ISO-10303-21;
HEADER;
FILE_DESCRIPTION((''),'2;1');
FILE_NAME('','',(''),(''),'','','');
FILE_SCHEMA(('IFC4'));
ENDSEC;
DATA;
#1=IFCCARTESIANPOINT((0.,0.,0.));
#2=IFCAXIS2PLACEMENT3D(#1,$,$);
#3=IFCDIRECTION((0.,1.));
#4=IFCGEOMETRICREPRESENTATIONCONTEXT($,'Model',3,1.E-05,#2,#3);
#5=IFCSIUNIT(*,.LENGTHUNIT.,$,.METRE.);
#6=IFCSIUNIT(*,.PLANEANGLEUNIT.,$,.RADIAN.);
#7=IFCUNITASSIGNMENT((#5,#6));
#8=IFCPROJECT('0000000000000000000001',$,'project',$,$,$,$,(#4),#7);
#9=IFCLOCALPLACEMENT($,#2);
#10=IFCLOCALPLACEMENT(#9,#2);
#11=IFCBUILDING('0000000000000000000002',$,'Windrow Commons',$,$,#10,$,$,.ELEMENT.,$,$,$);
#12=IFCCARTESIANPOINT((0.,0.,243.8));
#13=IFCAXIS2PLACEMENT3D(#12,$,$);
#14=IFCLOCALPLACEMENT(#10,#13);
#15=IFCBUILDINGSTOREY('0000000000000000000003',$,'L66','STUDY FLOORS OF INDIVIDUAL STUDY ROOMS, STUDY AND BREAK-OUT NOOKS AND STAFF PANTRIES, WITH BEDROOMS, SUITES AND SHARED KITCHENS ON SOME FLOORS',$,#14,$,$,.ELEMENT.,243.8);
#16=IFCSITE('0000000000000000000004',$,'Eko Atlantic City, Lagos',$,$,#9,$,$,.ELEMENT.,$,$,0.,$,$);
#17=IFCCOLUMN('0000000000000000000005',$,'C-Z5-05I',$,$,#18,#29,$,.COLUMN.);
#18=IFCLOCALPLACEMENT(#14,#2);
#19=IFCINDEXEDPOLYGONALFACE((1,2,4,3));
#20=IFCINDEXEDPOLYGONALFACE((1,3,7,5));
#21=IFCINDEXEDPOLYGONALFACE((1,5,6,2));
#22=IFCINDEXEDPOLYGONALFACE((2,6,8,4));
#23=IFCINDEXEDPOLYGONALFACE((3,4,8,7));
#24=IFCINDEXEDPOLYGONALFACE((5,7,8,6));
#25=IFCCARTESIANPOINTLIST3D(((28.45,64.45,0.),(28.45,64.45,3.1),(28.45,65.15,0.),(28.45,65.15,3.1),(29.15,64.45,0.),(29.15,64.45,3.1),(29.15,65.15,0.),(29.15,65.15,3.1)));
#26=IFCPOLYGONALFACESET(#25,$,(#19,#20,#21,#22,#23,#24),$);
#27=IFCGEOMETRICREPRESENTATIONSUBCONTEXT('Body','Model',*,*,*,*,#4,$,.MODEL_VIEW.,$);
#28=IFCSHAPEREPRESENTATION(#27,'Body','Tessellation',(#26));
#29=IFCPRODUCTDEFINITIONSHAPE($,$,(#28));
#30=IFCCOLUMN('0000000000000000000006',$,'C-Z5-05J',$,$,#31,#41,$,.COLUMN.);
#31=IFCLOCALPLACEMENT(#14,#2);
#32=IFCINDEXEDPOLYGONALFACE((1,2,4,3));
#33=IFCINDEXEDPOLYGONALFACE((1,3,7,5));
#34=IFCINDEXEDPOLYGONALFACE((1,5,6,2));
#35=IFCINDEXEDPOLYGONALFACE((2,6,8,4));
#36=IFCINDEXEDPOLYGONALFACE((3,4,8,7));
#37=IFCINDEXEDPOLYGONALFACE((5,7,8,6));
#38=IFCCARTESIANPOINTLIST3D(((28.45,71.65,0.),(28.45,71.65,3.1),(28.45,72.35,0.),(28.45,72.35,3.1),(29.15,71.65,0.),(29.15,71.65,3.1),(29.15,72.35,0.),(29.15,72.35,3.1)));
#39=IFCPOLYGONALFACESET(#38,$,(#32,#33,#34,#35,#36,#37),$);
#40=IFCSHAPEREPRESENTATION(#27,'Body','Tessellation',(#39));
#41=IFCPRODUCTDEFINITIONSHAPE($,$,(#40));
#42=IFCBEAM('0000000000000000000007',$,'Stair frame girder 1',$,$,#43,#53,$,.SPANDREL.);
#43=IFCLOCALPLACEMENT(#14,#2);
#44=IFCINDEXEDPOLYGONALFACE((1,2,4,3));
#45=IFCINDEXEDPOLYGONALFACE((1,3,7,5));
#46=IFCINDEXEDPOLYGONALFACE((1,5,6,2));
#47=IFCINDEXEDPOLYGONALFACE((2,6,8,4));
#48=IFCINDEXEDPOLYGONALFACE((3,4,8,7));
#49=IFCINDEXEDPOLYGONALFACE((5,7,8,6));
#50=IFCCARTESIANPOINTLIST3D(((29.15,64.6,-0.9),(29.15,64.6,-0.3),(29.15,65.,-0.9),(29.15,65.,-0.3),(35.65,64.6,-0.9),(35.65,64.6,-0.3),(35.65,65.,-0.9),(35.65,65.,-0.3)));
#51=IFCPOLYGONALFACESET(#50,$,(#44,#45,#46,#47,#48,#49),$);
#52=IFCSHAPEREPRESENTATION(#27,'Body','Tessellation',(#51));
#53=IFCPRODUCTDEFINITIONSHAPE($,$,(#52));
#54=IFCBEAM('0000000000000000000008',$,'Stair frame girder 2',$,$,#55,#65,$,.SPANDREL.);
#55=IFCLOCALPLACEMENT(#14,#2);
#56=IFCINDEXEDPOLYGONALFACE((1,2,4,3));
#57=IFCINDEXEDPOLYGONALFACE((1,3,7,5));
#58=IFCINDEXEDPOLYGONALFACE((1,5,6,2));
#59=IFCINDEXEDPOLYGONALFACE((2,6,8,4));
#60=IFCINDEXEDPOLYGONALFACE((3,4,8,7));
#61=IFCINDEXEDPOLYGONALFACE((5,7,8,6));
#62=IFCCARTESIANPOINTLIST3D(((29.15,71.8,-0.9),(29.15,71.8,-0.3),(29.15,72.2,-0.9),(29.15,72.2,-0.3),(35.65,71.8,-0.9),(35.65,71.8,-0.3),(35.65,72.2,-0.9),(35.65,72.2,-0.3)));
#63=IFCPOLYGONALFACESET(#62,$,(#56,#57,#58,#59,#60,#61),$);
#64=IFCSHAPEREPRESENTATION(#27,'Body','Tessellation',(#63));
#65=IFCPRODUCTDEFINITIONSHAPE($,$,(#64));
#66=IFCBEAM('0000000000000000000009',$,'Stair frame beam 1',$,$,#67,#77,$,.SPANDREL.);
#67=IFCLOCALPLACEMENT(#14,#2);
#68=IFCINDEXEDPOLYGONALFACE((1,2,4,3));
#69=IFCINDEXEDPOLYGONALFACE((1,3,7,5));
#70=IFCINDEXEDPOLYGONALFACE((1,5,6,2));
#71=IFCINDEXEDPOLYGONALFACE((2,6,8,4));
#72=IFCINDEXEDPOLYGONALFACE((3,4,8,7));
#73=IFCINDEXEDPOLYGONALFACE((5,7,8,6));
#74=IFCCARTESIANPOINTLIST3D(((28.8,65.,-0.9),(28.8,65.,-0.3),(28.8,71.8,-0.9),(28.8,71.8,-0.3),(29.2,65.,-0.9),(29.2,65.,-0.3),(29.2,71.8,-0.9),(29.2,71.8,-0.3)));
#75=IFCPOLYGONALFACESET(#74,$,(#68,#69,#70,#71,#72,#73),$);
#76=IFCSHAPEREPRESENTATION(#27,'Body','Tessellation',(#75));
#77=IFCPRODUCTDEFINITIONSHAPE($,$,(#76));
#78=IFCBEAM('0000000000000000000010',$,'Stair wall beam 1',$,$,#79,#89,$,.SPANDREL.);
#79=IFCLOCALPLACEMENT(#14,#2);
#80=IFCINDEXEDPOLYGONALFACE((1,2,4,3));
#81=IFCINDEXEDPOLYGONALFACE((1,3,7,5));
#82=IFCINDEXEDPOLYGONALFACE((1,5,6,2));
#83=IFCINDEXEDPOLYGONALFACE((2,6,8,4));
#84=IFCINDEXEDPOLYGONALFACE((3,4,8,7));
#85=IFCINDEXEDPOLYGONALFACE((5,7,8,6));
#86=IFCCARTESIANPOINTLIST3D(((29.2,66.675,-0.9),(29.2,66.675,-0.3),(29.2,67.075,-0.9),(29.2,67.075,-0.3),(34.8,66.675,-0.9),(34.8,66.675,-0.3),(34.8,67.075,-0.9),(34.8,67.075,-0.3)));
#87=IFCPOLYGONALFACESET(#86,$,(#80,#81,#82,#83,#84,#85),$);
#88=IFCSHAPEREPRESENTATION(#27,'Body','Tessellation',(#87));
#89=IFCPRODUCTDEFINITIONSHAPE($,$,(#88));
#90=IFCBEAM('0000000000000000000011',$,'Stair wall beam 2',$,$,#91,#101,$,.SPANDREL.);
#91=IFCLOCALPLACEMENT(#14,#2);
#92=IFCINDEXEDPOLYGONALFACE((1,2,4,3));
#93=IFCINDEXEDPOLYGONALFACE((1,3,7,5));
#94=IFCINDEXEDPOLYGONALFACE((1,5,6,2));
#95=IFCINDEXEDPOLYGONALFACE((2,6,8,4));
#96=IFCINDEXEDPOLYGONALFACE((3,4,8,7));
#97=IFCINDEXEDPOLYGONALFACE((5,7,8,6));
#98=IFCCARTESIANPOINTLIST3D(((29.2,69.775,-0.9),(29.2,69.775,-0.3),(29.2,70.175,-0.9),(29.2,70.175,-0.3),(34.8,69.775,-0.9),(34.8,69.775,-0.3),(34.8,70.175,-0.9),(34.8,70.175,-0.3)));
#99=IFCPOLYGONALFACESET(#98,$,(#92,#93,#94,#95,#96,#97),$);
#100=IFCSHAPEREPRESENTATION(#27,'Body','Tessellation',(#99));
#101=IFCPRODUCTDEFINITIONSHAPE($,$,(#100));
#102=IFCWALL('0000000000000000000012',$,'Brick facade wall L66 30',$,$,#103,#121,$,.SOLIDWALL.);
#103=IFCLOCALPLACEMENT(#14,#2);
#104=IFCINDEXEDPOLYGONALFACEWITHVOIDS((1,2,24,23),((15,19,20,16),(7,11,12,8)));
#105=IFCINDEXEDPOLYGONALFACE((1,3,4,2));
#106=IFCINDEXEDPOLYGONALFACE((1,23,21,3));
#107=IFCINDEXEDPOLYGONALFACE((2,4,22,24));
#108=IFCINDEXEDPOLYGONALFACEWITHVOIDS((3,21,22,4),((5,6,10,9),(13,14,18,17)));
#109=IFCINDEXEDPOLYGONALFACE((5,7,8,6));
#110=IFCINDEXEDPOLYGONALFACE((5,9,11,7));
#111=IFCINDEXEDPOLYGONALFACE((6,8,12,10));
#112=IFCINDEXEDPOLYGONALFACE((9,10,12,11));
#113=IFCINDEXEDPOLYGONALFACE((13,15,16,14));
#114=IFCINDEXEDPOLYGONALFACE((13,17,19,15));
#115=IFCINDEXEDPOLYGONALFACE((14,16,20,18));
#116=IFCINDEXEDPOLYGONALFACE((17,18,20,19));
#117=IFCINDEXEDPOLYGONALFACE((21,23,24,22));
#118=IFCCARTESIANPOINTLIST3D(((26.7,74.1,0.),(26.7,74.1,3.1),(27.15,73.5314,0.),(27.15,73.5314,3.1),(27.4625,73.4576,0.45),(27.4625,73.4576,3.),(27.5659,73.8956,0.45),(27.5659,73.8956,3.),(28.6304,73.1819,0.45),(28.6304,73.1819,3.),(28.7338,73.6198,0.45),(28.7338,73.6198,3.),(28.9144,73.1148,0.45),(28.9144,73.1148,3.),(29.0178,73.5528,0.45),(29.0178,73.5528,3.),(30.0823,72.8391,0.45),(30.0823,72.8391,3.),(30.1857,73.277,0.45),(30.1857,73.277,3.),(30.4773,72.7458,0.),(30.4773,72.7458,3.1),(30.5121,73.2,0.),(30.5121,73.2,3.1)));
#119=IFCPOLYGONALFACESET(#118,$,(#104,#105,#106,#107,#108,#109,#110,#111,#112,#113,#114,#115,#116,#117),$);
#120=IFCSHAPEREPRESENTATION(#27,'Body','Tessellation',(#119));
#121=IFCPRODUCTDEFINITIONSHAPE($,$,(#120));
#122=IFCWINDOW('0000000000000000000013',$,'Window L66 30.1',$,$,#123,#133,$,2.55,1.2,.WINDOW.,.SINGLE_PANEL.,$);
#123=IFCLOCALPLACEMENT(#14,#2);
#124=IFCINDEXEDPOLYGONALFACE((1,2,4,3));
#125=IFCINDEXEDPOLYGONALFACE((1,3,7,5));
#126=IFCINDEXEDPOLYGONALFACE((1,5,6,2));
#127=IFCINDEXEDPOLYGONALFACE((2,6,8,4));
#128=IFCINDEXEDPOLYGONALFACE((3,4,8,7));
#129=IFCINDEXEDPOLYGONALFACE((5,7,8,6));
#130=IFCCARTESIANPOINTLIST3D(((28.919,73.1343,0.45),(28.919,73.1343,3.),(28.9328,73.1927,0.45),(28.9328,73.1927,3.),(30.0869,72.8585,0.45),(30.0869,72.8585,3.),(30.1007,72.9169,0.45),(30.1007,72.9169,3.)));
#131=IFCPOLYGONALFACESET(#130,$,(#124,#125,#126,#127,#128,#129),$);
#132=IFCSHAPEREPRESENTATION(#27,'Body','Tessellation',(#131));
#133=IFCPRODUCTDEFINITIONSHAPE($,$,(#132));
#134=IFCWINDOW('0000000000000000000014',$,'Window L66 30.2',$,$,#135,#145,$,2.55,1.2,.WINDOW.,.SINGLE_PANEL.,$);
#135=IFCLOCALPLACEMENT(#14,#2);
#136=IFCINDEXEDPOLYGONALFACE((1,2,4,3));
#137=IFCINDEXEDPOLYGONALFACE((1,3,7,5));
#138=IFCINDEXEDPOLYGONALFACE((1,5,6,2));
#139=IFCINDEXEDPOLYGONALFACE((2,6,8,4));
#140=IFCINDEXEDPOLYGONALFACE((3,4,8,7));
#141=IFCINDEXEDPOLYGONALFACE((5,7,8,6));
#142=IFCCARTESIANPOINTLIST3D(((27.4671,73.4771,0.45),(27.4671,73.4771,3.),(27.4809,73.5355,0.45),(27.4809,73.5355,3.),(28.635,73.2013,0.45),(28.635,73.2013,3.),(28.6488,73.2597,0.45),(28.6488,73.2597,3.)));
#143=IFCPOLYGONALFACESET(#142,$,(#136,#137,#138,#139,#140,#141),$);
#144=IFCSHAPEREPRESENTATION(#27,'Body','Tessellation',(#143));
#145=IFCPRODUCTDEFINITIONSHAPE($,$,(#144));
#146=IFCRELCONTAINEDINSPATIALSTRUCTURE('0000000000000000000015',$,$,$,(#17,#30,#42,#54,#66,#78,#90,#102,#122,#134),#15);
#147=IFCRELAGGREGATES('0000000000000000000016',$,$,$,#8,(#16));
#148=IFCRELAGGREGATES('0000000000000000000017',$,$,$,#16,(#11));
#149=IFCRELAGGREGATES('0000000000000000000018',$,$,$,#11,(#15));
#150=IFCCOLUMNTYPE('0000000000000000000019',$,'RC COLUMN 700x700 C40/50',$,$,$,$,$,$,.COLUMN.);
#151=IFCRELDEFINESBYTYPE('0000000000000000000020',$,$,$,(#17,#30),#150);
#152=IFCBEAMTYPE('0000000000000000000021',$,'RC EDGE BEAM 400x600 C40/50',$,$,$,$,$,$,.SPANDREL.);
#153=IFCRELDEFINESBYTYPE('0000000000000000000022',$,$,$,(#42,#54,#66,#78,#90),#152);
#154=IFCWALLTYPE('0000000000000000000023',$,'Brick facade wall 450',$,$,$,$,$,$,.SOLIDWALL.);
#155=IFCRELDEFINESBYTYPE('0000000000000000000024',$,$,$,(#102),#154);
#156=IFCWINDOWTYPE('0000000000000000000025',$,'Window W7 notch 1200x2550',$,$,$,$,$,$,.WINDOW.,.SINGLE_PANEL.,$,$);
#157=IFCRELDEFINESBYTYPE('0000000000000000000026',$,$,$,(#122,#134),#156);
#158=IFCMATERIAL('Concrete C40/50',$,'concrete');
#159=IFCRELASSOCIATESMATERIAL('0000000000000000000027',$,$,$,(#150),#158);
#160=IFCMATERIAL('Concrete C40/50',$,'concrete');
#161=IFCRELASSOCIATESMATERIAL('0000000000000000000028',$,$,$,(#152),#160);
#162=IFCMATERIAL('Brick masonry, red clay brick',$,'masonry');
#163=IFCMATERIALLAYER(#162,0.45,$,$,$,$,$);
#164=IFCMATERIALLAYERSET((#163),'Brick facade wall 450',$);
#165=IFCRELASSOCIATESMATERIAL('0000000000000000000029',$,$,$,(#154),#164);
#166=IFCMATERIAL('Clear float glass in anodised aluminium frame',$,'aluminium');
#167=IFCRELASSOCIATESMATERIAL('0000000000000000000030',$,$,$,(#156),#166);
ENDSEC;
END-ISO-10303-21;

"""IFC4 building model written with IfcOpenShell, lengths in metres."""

from ifc_helpers import new_model, si_unit, direction, frame, frame_2d, origin, origin_2d, place, context, subcontext, project, spatial, polyline, rectangle, outline, extrude, material, layer, layer_set, material_profile, profile_set, type_object, element, fill, save


model = new_model("IFC4")

# Units and contexts
model_context = context("Model", 3, precision=1e-05, world=origin(), true_north=direction((0.0, 1.0)))
body_context = subcontext(model_context, "Body", "Model", "MODEL_VIEW")
ifc_project = project(units=[si_unit("LENGTHUNIT", "METRE"), si_unit("PLANEANGLEUNIT", "RADIAN")], contexts=[model_context])

# Site, building, storey
site_placement = place(None, origin())
site = spatial("IfcSite", under=ifc_project, at=site_placement, Name="Eko Atlantic City, Lagos", CompositionType="ELEMENT", RefElevation=0.0)
building_placement = place(site_placement, origin())
building = spatial("IfcBuilding", under=site, at=building_placement, Name="Windrow Commons", CompositionType="ELEMENT")
storey_placement = place(building_placement, frame((0.0, 0.0, 243.8)))
storey = spatial("IfcBuildingStorey", under=building, at=storey_placement, Name="L66", Description="STUDY FLOORS OF INDIVIDUAL STUDY ROOMS, STUDY AND BREAK-OUT NOOKS AND STAFF PANTRIES, WITH BEDROOMS, SUITES AND SHARED KITCHENS ON SOME FLOORS", CompositionType="ELEMENT", Elevation=243.8)

# Columns
ifc_material_1 = material(Name="Concrete C40/50", Category="concrete")
ifc_material_profile_1 = material_profile(ifc_material_1, rectangle(XDim=0.7, YDim=0.7, at=origin_2d()))
ifc_profile_set_1 = profile_set([ifc_material_profile_1], Name="Concrete C40/50")
column_type = type_object("IfcColumnType", Name="RC COLUMN 700x700 C40/50", PredefinedType="COLUMN", material=ifc_profile_set_1)
for number, where, z_axis, x_axis, name in (
    (1, (28.8, 64.8, 0.0), (0.0, 0.0, 1.0), (1.0, 0.0, 0.0), "C-Z5-05I"),
    (2, (28.8, 72.0, 0.0), (0.0, 0.0, 1.0), (1.0, 0.0, 0.0), "C-Z5-05J"),
):
    element("IfcColumn", number, at=place(storey_placement, frame(where, z_axis=z_axis, x_axis=x_axis)), inside=storey, type_object=column_type, Name=name, PredefinedType="COLUMN", context=body_context, shape_type="SweptSolid", body=[
        extrude(rectangle(XDim=0.7, YDim=0.7, at=origin_2d()), origin(), (0.0, 0.0, 1.0), 3.1),
    ])

# Beams
ifc_material_2 = material(Name="Concrete C40/50", Category="concrete")
ifc_material_profile_2 = material_profile(ifc_material_2, rectangle(XDim=0.4, YDim=0.6, at=origin_2d()))
ifc_profile_set_2 = profile_set([ifc_material_profile_2], Name="Concrete C40/50")
beam_type = type_object("IfcBeamType", Name="RC EDGE BEAM 400x600 C40/50", PredefinedType="SPANDREL", material=ifc_profile_set_2)
for number, where, z_axis, x_axis, name in (
    (3, (29.15, 64.8, -0.6), (1.0, 0.0, 0.0), (0.0, 1.0, 0.0), "Stair frame girder 1"),
    (4, (29.15, 72.0, -0.6), (1.0, 0.0, 0.0), (0.0, 1.0, 0.0), "Stair frame girder 2"),
):
    element("IfcBeam", number, at=place(storey_placement, frame(where, z_axis=z_axis, x_axis=x_axis)), inside=storey, type_object=beam_type, Name=name, PredefinedType="SPANDREL", context=body_context, shape_type="SweptSolid", body=[
        extrude(rectangle(XDim=0.4, YDim=0.6, at=origin_2d()), origin(), (0.0, 0.0, 1.0), 6.5),
    ])
beam_placement = place(storey_placement, frame((29.0, 65.0, -0.6), z_axis=(0.0, 1.0, 0.0), x_axis=(-1.0, 0.0, 0.0)))
element("IfcBeam", 5, at=beam_placement, inside=storey, type_object=beam_type, Name="Stair frame beam 1", PredefinedType="SPANDREL", context=body_context, shape_type="SweptSolid", body=[
    extrude(rectangle(XDim=0.4, YDim=0.6, at=origin_2d()), origin(), (0.0, 0.0, 1.0), 6.8),
])
for number, where, z_axis, x_axis, name in (
    (6, (29.2, 66.875, -0.6), (1.0, 0.0, 0.0), (0.0, 1.0, 0.0), "Stair wall beam 1"),
    (7, (29.2, 69.975, -0.6), (1.0, 0.0, 0.0), (0.0, 1.0, 0.0), "Stair wall beam 2"),
):
    element("IfcBeam", number, at=place(storey_placement, frame(where, z_axis=z_axis, x_axis=x_axis)), inside=storey, type_object=beam_type, Name=name, PredefinedType="SPANDREL", context=body_context, shape_type="SweptSolid", body=[
        extrude(rectangle(XDim=0.4, YDim=0.6, at=origin_2d()), origin(), (0.0, 0.0, 1.0), 5.6),
    ])

# Wall, openings, windows
ifc_material_3 = material(Name="Brick masonry, red clay brick", Category="masonry")
ifc_layer_1 = layer(ifc_material_3, 0.45)
ifc_layer_set_1 = layer_set([ifc_layer_1], Name="Brick facade wall 450")
wall_type_1 = type_object("IfcWallType", Name="Brick facade wall 450", PredefinedType="SOLIDWALL", material=ifc_layer_set_1)
wall_1_placement = place(storey_placement, frame((30.4947, 72.9729, 0.0), z_axis=(0.0, 0.0, 1.0), x_axis=(-0.973242, 0.229781, 0.0)))
wall_1 = element("IfcWall", 8, at=wall_1_placement, inside=storey, type_object=wall_type_1, Name="Brick facade wall L66 30", PredefinedType="SOLIDWALL", context=body_context, shape_type="SweptSolid", body=[
    extrude(outline(polyline([(0.0352, -0.225), (3.9521, -0.225), (3.3835, 0.225), (-0.0352, 0.225), (0.0352, -0.225)])), origin(), (0.0, 0.0, 1.0), 3.1),
])
opening_1_placement = place(wall_1_placement, frame((0.3706, 0.0, 0.45)))
opening_1 = element("IfcOpeningElement", 9, at=opening_1_placement, cuts=wall_1, PredefinedType="OPENING", context=body_context, shape_type="SweptSolid", body=[
    extrude(rectangle(XDim=1.2, YDim=2.55, at=frame_2d((0.6, 1.275))), frame((0.0, 0.235, 0.0), z_axis=(0.0, -1.0, 0.0), x_axis=(1.0, 0.0, 0.0)), (0.0, 0.0, 1.0), 0.47),
])
opening_2_placement = place(wall_1_placement, frame((1.8624, 0.0, 0.45)))
opening_2 = element("IfcOpeningElement", 10, at=opening_2_placement, cuts=wall_1, PredefinedType="OPENING", context=body_context, shape_type="SweptSolid", body=[
    extrude(rectangle(XDim=1.2, YDim=2.55, at=frame_2d((0.6, 1.275))), frame((0.0, 0.235, 0.0), z_axis=(0.0, -1.0, 0.0), x_axis=(1.0, 0.0, 0.0)), (0.0, 0.0, 1.0), 0.47),
])
ifc_material_4 = material(Name="Clear float glass in anodised aluminium frame", Category="aluminium")
window_type_1 = type_object("IfcWindowType", Name="Window W7 notch 1200x2550", PartitioningType="SINGLE_PANEL", PredefinedType="WINDOW", material=ifc_material_4)
window_1_placement = place(opening_1_placement, origin())
window_1 = element("IfcWindow", 11, at=window_1_placement, inside=storey, type_object=window_type_1, Name="Window L66 30.1", OverallHeight=2.55, OverallWidth=1.2, PartitioningType="SINGLE_PANEL", PredefinedType="WINDOW", context=body_context, shape_type="SweptSolid", body=[
    extrude(rectangle(XDim=1.2, YDim=2.55, at=frame_2d((0.6, 1.275))), frame((0.0, 0.205, 0.0), z_axis=(0.0, -1.0, 0.0), x_axis=(1.0, 0.0, 0.0)), (0.0, 0.0, 1.0), 0.06),
])
fill(opening_1, window_1)
window_2_placement = place(opening_2_placement, origin())
window_2 = element("IfcWindow", 12, at=window_2_placement, inside=storey, type_object=window_type_1, Name="Window L66 30.2", OverallHeight=2.55, OverallWidth=1.2, PartitioningType="SINGLE_PANEL", PredefinedType="WINDOW", context=body_context, shape_type="SweptSolid", body=[
    extrude(rectangle(XDim=1.2, YDim=2.55, at=frame_2d((0.6, 1.275))), frame((0.0, 0.205, 0.0), z_axis=(0.0, -1.0, 0.0), x_axis=(1.0, 0.0, 0.0)), (0.0, 0.0, 1.0), 0.06),
])
fill(opening_2, window_2)

save(model, "model.ifc")
